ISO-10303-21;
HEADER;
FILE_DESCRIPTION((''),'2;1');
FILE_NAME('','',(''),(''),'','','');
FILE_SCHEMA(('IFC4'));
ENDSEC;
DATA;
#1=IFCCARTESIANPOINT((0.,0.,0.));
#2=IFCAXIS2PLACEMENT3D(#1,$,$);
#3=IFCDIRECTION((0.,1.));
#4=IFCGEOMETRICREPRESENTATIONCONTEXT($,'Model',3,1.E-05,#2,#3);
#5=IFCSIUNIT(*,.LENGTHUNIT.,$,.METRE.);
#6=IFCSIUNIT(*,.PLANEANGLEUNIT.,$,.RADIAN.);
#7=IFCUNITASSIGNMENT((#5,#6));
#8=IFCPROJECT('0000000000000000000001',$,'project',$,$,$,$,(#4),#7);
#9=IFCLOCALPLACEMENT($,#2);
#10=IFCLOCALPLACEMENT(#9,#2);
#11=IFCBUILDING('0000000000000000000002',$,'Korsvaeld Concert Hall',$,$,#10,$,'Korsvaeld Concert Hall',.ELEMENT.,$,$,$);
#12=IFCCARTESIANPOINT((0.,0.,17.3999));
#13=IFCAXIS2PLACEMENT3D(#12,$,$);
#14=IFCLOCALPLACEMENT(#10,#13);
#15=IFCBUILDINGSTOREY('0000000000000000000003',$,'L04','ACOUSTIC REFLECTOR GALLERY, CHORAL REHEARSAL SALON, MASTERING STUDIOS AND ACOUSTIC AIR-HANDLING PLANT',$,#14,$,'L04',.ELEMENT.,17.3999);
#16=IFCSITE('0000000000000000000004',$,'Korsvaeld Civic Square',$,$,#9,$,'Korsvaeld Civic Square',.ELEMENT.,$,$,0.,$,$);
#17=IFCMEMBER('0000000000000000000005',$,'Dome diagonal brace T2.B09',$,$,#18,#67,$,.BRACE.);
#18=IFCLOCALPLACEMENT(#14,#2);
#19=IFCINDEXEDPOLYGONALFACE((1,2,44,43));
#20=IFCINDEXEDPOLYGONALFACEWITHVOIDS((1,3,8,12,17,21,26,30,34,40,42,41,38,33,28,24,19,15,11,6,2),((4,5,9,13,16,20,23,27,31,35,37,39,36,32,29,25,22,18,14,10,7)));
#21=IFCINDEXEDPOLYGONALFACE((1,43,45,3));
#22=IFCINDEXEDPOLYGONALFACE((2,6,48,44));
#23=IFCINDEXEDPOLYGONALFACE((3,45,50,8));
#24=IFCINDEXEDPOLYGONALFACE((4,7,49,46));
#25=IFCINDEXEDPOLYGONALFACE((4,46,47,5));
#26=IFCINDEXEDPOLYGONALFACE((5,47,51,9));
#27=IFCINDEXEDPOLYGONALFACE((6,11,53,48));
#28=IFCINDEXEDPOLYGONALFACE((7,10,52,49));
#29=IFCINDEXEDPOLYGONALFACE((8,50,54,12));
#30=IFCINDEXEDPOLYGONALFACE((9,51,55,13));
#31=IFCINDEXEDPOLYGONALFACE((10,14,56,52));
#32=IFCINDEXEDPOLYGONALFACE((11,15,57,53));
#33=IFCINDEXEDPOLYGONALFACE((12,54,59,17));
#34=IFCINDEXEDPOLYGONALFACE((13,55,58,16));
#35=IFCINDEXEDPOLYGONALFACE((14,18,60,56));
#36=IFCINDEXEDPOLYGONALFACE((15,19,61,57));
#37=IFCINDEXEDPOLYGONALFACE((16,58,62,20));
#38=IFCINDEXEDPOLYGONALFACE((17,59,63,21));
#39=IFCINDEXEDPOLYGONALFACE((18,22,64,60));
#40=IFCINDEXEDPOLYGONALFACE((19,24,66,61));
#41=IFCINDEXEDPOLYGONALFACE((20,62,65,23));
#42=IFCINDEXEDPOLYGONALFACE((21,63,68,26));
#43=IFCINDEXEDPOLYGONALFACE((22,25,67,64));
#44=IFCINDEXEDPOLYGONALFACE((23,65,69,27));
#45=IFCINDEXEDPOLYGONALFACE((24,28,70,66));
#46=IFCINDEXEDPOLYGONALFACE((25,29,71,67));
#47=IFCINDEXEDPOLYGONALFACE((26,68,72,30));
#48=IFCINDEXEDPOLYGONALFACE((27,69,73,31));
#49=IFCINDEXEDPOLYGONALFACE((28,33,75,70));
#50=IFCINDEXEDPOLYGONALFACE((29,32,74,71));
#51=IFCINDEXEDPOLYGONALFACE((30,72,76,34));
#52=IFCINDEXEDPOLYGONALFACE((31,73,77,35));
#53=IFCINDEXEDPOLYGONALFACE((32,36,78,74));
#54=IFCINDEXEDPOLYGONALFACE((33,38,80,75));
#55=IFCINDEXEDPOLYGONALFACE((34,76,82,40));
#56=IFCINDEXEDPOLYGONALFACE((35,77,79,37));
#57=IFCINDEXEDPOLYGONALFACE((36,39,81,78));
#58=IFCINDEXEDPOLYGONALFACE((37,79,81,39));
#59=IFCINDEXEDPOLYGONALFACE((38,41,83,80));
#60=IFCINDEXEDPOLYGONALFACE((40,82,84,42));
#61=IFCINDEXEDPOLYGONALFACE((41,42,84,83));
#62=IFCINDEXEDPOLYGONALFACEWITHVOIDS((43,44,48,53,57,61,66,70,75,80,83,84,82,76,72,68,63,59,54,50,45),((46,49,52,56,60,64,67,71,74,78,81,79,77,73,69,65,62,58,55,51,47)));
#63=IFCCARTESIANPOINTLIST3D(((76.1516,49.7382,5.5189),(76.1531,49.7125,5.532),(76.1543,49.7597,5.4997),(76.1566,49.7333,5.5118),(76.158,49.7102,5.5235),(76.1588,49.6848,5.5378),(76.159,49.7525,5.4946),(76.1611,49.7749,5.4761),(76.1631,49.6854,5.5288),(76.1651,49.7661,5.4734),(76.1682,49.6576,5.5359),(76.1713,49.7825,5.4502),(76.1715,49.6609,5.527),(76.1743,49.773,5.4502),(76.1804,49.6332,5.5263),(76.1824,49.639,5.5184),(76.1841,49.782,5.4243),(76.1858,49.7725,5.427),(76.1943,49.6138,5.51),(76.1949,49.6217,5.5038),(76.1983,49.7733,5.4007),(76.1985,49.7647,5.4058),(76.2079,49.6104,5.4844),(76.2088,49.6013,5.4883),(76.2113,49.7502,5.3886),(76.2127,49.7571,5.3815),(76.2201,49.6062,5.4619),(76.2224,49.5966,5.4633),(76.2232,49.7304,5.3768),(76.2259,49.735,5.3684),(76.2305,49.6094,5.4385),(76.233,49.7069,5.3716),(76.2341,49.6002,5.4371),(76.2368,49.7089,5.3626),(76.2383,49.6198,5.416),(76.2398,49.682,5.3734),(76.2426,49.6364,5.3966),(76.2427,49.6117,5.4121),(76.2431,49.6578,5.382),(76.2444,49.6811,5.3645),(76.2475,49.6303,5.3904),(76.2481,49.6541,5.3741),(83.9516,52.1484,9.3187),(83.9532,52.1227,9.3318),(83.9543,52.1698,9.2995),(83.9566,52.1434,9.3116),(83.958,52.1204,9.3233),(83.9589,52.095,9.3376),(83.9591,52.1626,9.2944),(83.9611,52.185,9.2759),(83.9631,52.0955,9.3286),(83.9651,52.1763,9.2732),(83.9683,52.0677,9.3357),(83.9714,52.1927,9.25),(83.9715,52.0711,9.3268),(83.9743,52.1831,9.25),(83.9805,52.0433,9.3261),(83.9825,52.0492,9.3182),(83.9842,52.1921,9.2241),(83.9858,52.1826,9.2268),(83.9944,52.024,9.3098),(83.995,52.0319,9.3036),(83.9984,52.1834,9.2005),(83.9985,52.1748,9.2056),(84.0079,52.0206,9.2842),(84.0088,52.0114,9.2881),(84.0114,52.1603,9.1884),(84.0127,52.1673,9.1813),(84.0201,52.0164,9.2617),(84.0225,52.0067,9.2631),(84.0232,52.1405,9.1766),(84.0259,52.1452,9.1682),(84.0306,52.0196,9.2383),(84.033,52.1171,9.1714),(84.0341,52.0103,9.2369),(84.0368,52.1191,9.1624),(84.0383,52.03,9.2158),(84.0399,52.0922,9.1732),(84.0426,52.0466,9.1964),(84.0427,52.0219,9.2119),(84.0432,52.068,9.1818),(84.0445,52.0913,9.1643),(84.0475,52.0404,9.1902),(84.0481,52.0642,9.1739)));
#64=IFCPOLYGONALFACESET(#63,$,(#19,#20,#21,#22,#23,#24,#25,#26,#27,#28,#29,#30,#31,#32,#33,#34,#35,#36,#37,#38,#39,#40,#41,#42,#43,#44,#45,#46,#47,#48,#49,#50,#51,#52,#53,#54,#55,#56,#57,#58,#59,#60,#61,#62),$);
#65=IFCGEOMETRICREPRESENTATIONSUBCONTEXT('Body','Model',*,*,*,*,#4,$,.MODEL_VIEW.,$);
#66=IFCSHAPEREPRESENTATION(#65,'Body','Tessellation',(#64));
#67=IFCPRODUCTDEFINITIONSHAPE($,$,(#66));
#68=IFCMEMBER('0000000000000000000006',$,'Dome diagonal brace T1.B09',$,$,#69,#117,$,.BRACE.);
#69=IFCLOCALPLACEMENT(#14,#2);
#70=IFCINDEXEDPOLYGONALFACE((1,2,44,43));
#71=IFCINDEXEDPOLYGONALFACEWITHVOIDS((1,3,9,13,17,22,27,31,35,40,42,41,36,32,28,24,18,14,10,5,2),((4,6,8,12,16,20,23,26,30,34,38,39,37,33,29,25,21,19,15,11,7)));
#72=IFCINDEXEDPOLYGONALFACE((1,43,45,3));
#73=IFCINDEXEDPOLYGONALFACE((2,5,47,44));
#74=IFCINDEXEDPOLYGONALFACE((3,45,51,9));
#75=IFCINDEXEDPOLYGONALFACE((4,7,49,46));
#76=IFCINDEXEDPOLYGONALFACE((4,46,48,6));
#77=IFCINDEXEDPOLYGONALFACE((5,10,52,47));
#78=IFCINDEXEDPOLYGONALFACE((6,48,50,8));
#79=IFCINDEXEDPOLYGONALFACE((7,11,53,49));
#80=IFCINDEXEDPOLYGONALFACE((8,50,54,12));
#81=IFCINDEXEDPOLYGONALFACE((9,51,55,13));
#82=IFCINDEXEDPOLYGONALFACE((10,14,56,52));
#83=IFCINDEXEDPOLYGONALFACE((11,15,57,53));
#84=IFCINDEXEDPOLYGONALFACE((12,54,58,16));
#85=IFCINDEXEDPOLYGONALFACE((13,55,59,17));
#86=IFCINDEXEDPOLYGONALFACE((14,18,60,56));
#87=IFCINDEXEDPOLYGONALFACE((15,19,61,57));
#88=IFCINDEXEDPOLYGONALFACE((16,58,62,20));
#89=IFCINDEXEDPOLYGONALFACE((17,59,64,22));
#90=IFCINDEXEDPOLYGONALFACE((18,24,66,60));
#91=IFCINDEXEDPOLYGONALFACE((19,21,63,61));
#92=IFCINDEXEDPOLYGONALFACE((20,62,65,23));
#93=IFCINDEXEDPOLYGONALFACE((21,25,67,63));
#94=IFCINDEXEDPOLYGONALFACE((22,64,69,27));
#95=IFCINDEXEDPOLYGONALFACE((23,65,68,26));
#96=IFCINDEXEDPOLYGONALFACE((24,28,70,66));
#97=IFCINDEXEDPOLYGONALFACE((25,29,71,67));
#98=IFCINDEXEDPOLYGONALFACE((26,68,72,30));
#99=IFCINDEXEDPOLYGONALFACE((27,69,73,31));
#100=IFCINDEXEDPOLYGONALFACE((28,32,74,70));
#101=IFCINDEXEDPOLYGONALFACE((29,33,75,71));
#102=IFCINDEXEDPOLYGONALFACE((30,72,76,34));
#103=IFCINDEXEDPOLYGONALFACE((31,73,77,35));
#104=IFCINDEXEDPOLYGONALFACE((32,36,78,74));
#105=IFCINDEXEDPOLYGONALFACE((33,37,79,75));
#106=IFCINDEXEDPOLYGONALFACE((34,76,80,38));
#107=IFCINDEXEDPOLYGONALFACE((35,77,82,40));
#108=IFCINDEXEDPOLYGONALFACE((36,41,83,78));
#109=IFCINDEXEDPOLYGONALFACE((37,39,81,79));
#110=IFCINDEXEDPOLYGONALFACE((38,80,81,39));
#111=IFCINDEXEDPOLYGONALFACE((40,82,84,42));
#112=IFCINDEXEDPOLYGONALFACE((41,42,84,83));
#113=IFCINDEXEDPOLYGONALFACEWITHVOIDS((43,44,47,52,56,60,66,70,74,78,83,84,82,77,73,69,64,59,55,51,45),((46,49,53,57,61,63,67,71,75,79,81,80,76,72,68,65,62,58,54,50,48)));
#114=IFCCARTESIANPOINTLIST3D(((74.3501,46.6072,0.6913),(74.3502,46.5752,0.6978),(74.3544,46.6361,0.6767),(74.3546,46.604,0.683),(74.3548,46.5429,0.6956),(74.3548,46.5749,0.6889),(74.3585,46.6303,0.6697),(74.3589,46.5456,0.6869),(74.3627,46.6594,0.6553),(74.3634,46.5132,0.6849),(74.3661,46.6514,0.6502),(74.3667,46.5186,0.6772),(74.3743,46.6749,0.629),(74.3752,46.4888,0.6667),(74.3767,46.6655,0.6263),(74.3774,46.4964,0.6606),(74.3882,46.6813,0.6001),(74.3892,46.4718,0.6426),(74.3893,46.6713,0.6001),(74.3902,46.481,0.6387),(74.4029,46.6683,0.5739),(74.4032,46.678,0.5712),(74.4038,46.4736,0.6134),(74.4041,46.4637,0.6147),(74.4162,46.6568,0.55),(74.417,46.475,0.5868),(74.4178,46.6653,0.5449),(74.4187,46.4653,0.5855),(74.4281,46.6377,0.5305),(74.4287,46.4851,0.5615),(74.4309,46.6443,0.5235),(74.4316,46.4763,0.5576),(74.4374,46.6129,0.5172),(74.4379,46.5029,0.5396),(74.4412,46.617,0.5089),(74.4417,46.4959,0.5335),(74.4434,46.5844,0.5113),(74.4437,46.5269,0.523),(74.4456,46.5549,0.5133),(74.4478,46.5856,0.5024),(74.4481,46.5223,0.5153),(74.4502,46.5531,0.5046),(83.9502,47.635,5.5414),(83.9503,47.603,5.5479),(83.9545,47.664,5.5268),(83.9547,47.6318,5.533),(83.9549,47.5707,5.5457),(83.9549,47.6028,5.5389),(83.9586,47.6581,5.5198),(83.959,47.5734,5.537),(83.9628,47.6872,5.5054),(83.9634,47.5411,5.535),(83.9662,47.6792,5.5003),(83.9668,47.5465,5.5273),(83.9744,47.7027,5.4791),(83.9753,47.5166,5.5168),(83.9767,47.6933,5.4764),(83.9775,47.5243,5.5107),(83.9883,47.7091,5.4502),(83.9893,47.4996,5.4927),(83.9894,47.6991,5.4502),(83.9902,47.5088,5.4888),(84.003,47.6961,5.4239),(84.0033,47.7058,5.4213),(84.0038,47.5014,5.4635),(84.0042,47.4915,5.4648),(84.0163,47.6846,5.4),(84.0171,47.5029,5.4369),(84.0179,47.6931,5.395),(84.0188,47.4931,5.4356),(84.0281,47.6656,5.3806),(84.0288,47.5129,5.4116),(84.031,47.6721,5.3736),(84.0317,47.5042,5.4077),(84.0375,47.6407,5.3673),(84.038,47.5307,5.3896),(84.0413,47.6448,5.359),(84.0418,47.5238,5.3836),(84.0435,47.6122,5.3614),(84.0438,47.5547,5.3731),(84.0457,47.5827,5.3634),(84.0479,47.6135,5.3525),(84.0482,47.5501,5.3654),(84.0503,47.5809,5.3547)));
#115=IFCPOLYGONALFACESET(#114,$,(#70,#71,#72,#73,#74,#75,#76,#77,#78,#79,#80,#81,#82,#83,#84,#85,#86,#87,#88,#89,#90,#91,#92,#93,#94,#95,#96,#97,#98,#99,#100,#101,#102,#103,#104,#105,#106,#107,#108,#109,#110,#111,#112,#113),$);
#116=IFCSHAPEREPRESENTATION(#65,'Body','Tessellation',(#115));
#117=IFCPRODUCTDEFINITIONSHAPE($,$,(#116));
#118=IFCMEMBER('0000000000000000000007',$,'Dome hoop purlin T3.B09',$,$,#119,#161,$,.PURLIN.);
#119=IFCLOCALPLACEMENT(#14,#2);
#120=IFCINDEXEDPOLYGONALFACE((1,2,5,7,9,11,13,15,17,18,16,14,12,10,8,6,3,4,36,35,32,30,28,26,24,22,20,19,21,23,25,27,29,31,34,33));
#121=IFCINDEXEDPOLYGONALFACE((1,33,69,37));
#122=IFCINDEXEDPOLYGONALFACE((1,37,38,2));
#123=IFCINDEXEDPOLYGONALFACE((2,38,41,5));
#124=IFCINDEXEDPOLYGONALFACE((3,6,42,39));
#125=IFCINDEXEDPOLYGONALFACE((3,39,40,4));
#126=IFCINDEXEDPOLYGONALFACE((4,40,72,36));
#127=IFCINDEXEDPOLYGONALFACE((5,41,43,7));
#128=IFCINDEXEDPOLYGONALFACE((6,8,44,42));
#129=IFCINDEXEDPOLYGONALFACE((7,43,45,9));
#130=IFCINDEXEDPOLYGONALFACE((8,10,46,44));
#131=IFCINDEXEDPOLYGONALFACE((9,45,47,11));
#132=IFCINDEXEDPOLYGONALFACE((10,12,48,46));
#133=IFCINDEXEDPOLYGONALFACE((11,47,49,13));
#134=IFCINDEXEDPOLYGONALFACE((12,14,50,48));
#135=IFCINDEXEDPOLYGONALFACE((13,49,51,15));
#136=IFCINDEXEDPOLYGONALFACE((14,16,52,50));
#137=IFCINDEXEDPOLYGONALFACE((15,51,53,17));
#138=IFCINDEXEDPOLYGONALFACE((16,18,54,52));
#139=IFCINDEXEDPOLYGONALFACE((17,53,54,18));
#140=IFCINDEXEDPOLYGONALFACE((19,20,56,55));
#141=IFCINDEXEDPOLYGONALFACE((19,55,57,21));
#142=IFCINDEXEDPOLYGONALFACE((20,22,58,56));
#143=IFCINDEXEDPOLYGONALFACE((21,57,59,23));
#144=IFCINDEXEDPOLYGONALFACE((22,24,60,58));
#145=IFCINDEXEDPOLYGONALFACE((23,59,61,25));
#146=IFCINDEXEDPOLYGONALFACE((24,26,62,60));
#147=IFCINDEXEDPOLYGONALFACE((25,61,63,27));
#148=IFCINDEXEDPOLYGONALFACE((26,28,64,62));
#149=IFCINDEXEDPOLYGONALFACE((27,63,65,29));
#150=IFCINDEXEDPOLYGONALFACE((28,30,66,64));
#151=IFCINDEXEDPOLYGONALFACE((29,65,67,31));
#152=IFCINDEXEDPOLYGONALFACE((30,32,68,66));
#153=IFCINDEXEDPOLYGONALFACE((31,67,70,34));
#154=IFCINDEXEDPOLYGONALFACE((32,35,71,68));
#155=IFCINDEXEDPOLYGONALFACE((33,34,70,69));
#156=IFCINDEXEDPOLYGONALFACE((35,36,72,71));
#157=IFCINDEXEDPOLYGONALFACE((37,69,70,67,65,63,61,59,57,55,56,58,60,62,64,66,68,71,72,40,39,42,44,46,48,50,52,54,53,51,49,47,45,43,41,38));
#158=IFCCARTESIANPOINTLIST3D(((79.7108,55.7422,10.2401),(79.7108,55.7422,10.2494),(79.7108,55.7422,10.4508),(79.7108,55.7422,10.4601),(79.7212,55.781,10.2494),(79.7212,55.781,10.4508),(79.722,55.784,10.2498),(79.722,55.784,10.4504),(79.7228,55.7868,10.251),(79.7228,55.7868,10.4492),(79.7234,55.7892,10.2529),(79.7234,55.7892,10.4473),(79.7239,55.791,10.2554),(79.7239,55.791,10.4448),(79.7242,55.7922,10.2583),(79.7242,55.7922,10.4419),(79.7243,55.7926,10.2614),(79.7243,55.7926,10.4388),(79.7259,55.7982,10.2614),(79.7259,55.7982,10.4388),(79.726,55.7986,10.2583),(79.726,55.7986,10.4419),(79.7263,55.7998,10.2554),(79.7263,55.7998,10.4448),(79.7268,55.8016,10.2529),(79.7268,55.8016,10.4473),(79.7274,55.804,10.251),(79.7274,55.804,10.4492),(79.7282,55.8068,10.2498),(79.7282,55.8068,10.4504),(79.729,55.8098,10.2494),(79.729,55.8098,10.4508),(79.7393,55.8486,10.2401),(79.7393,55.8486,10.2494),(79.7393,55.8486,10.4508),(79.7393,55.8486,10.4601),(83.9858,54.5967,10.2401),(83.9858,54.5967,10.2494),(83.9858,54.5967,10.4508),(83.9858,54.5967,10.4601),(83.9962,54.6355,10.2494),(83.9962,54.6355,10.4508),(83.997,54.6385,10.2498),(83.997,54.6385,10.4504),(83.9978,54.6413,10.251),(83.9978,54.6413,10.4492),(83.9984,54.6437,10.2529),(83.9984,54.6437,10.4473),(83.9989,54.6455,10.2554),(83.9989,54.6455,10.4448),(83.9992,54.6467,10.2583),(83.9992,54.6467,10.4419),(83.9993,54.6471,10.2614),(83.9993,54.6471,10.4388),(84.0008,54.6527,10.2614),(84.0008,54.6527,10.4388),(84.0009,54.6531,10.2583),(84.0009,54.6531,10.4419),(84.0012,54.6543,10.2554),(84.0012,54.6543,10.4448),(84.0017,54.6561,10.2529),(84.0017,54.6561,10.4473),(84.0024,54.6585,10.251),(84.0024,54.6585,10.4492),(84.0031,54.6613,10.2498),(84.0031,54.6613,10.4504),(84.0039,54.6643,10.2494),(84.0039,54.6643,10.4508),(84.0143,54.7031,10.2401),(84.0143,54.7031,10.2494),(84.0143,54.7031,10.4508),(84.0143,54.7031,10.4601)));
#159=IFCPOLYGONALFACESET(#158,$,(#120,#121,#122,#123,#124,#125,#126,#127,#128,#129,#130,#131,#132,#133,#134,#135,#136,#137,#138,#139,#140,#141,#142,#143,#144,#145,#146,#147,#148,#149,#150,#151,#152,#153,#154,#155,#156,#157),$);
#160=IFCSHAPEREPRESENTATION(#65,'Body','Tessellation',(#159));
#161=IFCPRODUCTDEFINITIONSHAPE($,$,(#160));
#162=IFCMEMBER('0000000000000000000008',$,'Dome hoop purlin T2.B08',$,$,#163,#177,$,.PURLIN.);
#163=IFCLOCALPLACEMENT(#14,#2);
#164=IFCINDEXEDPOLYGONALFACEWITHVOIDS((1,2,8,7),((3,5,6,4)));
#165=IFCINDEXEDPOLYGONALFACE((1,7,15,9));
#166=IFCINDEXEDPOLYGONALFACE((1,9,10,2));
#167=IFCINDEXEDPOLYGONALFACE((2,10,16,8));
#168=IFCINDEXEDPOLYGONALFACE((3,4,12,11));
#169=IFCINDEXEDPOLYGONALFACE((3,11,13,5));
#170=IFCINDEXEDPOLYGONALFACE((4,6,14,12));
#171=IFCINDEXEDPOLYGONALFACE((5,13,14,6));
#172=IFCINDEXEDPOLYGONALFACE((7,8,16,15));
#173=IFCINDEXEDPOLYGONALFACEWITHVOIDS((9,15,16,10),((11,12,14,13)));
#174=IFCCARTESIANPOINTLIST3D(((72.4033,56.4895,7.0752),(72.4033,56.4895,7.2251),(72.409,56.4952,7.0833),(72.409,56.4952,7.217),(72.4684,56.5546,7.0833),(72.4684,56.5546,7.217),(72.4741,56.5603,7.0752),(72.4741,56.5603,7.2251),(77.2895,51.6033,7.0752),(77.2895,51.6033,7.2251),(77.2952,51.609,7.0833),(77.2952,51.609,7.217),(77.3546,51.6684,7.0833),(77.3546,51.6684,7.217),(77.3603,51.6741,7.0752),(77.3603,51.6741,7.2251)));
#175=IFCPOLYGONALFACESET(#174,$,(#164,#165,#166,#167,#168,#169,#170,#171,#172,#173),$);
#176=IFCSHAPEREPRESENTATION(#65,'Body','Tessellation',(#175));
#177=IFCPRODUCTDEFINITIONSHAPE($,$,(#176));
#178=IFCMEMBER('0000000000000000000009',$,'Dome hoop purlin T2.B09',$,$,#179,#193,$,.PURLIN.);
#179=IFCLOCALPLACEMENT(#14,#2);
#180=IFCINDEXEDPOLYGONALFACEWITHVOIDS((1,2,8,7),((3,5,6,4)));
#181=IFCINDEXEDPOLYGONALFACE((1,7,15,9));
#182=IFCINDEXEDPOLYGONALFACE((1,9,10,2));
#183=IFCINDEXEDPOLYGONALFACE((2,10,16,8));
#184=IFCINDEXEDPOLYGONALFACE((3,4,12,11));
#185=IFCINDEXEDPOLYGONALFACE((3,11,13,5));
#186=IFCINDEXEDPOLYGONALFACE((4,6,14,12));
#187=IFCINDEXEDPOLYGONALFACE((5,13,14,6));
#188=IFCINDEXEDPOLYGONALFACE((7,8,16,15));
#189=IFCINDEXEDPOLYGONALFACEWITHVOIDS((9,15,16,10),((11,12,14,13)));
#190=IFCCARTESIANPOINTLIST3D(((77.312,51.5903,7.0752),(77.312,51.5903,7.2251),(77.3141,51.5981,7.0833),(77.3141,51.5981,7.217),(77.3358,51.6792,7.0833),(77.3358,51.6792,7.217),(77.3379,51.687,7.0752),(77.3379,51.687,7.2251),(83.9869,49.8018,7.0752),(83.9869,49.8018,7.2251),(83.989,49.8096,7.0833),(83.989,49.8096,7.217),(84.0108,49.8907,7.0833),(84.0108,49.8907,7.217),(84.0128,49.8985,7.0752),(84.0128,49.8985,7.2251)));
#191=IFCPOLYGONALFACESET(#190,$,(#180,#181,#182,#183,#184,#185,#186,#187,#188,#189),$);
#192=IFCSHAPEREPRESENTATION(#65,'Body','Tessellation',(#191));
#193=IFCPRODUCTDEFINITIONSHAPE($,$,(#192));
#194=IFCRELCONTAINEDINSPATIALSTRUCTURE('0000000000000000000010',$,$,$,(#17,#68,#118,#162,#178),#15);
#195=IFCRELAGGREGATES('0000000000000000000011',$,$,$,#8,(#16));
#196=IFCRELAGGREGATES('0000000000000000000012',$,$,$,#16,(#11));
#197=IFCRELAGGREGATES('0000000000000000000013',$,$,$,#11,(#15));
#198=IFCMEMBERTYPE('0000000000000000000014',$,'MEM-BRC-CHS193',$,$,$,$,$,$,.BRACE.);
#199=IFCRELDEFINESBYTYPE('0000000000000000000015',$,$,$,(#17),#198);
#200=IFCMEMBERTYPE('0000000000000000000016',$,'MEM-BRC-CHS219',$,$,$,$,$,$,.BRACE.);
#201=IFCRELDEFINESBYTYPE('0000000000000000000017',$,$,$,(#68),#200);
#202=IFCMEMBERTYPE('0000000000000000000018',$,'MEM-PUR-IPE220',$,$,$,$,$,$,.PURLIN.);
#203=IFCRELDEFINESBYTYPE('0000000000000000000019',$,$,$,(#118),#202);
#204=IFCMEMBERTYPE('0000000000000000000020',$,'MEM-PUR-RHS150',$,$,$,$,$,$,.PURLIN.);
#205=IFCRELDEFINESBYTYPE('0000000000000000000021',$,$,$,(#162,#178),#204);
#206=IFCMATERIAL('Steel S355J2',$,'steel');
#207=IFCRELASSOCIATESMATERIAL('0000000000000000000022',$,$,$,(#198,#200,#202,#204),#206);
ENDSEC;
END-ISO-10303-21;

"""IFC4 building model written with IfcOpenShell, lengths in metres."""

from ifc_helpers import new_model, si_unit, direction, frame, origin, origin_2d, place, context, subcontext, project, spatial, hollow_rectangle, hollow_circle, i_section, extrude, material, material_profile, profile_set, type_object, element, save


model = new_model("IFC4")

# Units and contexts
model_context = context("Model", 3, precision=1e-05, world=origin(), true_north=direction((0.0, 1.0)))
body_context = subcontext(model_context, "Body", "Model", "MODEL_VIEW")
ifc_project = project(units=[si_unit("LENGTHUNIT", "METRE"), si_unit("PLANEANGLEUNIT", "RADIAN")], contexts=[model_context])

# Site, building, storey
site_placement = place(None, origin())
site = spatial("IfcSite", under=ifc_project, at=site_placement, Name="Korsvaeld Civic Square", LongName="Korsvaeld Civic Square", CompositionType="ELEMENT", RefElevation=0.0)
building_placement = place(site_placement, origin())
building = spatial("IfcBuilding", under=site, at=building_placement, Name="Korsvaeld Concert Hall", LongName="Korsvaeld Concert Hall", CompositionType="ELEMENT")
storey_placement = place(building_placement, frame((0.0, 0.0, 17.3999)))
storey = spatial("IfcBuildingStorey", under=building, at=storey_placement, Name="L04", Description="ACOUSTIC REFLECTOR GALLERY, CHORAL REHEARSAL SALON, MASTERING STUDIOS AND ACOUSTIC AIR-HANDLING PLANT", LongName="L04", CompositionType="ELEMENT", Elevation=17.3999)

# Shared definitions
ifc_material_1 = material(Name="Steel S355J2", Category="steel")

# Members
ifc_material_profile_1 = material_profile(ifc_material_1, hollow_circle(Radius=0.0969, WallThickness=0.01, at=origin_2d()), Name="CHS 193.7x10")
ifc_profile_set_1 = profile_set([ifc_material_profile_1], Name="Steel S355J2")
member_type_1 = type_object("IfcMemberType", Name="MEM-BRC-CHS193", PredefinedType="BRACE", material=ifc_profile_set_1)
member_1_placement = place(storey_placement, frame((76.2, 49.6899, 5.4502), z_axis=(0.866201, 0.26765, 0.421971), x_axis=(-0.29522, 0.955429, 0.0)))
element("IfcMember", 1, at=member_1_placement, inside=storey, type_object=member_type_1, Name="Dome diagonal brace T2.B09", PredefinedType="BRACE", context=body_context, shape_type="SweptSolid", body=[
    extrude(hollow_circle(Radius=0.0969, WallThickness=0.01, at=origin_2d()), origin(), (0.0, 0.0, 1.0), 9.0049),
])
ifc_material_profile_2 = material_profile(ifc_material_1, hollow_circle(Radius=0.1096, WallThickness=0.01, at=origin_2d()), Name="CHS 219.1x10")
ifc_profile_set_2 = profile_set([ifc_material_profile_2], Name="Steel S355J2")
member_type_2 = type_object("IfcMemberType", Name="MEM-BRC-CHS219", PredefinedType="BRACE", material=ifc_profile_set_2)
member_2_placement = place(storey_placement, frame((74.3999, 46.5723, 0.6001), z_axis=(0.88851, 0.095128, 0.448887), x_axis=(-0.106456, 0.994317, 0.0)))
element("IfcMember", 2, at=member_2_placement, inside=storey, type_object=member_type_2, Name="Dome diagonal brace T1.B09", PredefinedType="BRACE", context=body_context, shape_type="SweptSolid", body=[
    extrude(hollow_circle(Radius=0.1096, WallThickness=0.01, at=origin_2d()), origin(), (0.0, 0.0, 1.0), 10.8047),
])
ifc_material_profile_3 = material_profile(ifc_material_1, i_section(OverallWidth=0.1101, OverallDepth=0.22, WebThickness=0.0059, FlangeThickness=0.0093, FilletRadius=0.012, at=origin_2d()), Name="IPE 220")
ifc_profile_set_3 = profile_set([ifc_material_profile_3], Name="Steel S355J2")
member_type_3 = type_object("IfcMemberType", Name="MEM-PUR-IPE220", PredefinedType="PURLIN", material=ifc_profile_set_3)
member_3_placement = place(storey_placement, frame((79.7251, 55.7954, 10.3501), z_axis=(0.965923, -0.25883, 0.0), x_axis=(0.25883, 0.965923, 0.0)))
element("IfcMember", 3, at=member_3_placement, inside=storey, type_object=member_type_3, Name="Dome hoop purlin T3.B09", PredefinedType="PURLIN", context=body_context, shape_type="SweptSolid", body=[
    extrude(i_section(OverallWidth=0.1101, OverallDepth=0.22, WebThickness=0.0059, FlangeThickness=0.0093, FilletRadius=0.012, at=origin_2d()), origin(), (0.0, 0.0, 1.0), 4.4258),
])
ifc_material_profile_4 = material_profile(ifc_material_1, hollow_rectangle(XDim=0.1001, YDim=0.1499, WallThickness=0.0081, at=origin_2d()), Name="RHS 150x100x8")
ifc_profile_set_4 = profile_set([ifc_material_profile_4], Name="Steel S355J2")
member_type_4 = type_object("IfcMemberType", Name="MEM-PUR-RHS150", PredefinedType="PURLIN", material=ifc_profile_set_4)
member_4_placement = place(storey_placement, frame((72.4387, 56.5249, 7.1501), z_axis=(0.707107, -0.707107, 0.0), x_axis=(0.707107, 0.707107, 0.0)))
element("IfcMember", 4, at=member_4_placement, inside=storey, type_object=member_type_4, Name="Dome hoop purlin T2.B08", PredefinedType="PURLIN", context=body_context, shape_type="SweptSolid", body=[
    extrude(hollow_rectangle(XDim=0.1001, YDim=0.1499, WallThickness=0.0081, at=origin_2d()), origin(), (0.0, 0.0, 1.0), 6.9102),
])
member_5_placement = place(storey_placement, frame((77.325, 51.6387, 7.1501), z_axis=(0.965926, -0.258819, 0.0), x_axis=(0.258819, 0.965926, 0.0)))
element("IfcMember", 5, at=member_5_placement, inside=storey, type_object=member_type_4, Name="Dome hoop purlin T2.B09", PredefinedType="PURLIN", context=body_context, shape_type="SweptSolid", body=[
    extrude(hollow_rectangle(XDim=0.1001, YDim=0.1499, WallThickness=0.0081, at=origin_2d()), origin(), (0.0, 0.0, 1.0), 6.9104),
])

save(model, "model.ifc")
